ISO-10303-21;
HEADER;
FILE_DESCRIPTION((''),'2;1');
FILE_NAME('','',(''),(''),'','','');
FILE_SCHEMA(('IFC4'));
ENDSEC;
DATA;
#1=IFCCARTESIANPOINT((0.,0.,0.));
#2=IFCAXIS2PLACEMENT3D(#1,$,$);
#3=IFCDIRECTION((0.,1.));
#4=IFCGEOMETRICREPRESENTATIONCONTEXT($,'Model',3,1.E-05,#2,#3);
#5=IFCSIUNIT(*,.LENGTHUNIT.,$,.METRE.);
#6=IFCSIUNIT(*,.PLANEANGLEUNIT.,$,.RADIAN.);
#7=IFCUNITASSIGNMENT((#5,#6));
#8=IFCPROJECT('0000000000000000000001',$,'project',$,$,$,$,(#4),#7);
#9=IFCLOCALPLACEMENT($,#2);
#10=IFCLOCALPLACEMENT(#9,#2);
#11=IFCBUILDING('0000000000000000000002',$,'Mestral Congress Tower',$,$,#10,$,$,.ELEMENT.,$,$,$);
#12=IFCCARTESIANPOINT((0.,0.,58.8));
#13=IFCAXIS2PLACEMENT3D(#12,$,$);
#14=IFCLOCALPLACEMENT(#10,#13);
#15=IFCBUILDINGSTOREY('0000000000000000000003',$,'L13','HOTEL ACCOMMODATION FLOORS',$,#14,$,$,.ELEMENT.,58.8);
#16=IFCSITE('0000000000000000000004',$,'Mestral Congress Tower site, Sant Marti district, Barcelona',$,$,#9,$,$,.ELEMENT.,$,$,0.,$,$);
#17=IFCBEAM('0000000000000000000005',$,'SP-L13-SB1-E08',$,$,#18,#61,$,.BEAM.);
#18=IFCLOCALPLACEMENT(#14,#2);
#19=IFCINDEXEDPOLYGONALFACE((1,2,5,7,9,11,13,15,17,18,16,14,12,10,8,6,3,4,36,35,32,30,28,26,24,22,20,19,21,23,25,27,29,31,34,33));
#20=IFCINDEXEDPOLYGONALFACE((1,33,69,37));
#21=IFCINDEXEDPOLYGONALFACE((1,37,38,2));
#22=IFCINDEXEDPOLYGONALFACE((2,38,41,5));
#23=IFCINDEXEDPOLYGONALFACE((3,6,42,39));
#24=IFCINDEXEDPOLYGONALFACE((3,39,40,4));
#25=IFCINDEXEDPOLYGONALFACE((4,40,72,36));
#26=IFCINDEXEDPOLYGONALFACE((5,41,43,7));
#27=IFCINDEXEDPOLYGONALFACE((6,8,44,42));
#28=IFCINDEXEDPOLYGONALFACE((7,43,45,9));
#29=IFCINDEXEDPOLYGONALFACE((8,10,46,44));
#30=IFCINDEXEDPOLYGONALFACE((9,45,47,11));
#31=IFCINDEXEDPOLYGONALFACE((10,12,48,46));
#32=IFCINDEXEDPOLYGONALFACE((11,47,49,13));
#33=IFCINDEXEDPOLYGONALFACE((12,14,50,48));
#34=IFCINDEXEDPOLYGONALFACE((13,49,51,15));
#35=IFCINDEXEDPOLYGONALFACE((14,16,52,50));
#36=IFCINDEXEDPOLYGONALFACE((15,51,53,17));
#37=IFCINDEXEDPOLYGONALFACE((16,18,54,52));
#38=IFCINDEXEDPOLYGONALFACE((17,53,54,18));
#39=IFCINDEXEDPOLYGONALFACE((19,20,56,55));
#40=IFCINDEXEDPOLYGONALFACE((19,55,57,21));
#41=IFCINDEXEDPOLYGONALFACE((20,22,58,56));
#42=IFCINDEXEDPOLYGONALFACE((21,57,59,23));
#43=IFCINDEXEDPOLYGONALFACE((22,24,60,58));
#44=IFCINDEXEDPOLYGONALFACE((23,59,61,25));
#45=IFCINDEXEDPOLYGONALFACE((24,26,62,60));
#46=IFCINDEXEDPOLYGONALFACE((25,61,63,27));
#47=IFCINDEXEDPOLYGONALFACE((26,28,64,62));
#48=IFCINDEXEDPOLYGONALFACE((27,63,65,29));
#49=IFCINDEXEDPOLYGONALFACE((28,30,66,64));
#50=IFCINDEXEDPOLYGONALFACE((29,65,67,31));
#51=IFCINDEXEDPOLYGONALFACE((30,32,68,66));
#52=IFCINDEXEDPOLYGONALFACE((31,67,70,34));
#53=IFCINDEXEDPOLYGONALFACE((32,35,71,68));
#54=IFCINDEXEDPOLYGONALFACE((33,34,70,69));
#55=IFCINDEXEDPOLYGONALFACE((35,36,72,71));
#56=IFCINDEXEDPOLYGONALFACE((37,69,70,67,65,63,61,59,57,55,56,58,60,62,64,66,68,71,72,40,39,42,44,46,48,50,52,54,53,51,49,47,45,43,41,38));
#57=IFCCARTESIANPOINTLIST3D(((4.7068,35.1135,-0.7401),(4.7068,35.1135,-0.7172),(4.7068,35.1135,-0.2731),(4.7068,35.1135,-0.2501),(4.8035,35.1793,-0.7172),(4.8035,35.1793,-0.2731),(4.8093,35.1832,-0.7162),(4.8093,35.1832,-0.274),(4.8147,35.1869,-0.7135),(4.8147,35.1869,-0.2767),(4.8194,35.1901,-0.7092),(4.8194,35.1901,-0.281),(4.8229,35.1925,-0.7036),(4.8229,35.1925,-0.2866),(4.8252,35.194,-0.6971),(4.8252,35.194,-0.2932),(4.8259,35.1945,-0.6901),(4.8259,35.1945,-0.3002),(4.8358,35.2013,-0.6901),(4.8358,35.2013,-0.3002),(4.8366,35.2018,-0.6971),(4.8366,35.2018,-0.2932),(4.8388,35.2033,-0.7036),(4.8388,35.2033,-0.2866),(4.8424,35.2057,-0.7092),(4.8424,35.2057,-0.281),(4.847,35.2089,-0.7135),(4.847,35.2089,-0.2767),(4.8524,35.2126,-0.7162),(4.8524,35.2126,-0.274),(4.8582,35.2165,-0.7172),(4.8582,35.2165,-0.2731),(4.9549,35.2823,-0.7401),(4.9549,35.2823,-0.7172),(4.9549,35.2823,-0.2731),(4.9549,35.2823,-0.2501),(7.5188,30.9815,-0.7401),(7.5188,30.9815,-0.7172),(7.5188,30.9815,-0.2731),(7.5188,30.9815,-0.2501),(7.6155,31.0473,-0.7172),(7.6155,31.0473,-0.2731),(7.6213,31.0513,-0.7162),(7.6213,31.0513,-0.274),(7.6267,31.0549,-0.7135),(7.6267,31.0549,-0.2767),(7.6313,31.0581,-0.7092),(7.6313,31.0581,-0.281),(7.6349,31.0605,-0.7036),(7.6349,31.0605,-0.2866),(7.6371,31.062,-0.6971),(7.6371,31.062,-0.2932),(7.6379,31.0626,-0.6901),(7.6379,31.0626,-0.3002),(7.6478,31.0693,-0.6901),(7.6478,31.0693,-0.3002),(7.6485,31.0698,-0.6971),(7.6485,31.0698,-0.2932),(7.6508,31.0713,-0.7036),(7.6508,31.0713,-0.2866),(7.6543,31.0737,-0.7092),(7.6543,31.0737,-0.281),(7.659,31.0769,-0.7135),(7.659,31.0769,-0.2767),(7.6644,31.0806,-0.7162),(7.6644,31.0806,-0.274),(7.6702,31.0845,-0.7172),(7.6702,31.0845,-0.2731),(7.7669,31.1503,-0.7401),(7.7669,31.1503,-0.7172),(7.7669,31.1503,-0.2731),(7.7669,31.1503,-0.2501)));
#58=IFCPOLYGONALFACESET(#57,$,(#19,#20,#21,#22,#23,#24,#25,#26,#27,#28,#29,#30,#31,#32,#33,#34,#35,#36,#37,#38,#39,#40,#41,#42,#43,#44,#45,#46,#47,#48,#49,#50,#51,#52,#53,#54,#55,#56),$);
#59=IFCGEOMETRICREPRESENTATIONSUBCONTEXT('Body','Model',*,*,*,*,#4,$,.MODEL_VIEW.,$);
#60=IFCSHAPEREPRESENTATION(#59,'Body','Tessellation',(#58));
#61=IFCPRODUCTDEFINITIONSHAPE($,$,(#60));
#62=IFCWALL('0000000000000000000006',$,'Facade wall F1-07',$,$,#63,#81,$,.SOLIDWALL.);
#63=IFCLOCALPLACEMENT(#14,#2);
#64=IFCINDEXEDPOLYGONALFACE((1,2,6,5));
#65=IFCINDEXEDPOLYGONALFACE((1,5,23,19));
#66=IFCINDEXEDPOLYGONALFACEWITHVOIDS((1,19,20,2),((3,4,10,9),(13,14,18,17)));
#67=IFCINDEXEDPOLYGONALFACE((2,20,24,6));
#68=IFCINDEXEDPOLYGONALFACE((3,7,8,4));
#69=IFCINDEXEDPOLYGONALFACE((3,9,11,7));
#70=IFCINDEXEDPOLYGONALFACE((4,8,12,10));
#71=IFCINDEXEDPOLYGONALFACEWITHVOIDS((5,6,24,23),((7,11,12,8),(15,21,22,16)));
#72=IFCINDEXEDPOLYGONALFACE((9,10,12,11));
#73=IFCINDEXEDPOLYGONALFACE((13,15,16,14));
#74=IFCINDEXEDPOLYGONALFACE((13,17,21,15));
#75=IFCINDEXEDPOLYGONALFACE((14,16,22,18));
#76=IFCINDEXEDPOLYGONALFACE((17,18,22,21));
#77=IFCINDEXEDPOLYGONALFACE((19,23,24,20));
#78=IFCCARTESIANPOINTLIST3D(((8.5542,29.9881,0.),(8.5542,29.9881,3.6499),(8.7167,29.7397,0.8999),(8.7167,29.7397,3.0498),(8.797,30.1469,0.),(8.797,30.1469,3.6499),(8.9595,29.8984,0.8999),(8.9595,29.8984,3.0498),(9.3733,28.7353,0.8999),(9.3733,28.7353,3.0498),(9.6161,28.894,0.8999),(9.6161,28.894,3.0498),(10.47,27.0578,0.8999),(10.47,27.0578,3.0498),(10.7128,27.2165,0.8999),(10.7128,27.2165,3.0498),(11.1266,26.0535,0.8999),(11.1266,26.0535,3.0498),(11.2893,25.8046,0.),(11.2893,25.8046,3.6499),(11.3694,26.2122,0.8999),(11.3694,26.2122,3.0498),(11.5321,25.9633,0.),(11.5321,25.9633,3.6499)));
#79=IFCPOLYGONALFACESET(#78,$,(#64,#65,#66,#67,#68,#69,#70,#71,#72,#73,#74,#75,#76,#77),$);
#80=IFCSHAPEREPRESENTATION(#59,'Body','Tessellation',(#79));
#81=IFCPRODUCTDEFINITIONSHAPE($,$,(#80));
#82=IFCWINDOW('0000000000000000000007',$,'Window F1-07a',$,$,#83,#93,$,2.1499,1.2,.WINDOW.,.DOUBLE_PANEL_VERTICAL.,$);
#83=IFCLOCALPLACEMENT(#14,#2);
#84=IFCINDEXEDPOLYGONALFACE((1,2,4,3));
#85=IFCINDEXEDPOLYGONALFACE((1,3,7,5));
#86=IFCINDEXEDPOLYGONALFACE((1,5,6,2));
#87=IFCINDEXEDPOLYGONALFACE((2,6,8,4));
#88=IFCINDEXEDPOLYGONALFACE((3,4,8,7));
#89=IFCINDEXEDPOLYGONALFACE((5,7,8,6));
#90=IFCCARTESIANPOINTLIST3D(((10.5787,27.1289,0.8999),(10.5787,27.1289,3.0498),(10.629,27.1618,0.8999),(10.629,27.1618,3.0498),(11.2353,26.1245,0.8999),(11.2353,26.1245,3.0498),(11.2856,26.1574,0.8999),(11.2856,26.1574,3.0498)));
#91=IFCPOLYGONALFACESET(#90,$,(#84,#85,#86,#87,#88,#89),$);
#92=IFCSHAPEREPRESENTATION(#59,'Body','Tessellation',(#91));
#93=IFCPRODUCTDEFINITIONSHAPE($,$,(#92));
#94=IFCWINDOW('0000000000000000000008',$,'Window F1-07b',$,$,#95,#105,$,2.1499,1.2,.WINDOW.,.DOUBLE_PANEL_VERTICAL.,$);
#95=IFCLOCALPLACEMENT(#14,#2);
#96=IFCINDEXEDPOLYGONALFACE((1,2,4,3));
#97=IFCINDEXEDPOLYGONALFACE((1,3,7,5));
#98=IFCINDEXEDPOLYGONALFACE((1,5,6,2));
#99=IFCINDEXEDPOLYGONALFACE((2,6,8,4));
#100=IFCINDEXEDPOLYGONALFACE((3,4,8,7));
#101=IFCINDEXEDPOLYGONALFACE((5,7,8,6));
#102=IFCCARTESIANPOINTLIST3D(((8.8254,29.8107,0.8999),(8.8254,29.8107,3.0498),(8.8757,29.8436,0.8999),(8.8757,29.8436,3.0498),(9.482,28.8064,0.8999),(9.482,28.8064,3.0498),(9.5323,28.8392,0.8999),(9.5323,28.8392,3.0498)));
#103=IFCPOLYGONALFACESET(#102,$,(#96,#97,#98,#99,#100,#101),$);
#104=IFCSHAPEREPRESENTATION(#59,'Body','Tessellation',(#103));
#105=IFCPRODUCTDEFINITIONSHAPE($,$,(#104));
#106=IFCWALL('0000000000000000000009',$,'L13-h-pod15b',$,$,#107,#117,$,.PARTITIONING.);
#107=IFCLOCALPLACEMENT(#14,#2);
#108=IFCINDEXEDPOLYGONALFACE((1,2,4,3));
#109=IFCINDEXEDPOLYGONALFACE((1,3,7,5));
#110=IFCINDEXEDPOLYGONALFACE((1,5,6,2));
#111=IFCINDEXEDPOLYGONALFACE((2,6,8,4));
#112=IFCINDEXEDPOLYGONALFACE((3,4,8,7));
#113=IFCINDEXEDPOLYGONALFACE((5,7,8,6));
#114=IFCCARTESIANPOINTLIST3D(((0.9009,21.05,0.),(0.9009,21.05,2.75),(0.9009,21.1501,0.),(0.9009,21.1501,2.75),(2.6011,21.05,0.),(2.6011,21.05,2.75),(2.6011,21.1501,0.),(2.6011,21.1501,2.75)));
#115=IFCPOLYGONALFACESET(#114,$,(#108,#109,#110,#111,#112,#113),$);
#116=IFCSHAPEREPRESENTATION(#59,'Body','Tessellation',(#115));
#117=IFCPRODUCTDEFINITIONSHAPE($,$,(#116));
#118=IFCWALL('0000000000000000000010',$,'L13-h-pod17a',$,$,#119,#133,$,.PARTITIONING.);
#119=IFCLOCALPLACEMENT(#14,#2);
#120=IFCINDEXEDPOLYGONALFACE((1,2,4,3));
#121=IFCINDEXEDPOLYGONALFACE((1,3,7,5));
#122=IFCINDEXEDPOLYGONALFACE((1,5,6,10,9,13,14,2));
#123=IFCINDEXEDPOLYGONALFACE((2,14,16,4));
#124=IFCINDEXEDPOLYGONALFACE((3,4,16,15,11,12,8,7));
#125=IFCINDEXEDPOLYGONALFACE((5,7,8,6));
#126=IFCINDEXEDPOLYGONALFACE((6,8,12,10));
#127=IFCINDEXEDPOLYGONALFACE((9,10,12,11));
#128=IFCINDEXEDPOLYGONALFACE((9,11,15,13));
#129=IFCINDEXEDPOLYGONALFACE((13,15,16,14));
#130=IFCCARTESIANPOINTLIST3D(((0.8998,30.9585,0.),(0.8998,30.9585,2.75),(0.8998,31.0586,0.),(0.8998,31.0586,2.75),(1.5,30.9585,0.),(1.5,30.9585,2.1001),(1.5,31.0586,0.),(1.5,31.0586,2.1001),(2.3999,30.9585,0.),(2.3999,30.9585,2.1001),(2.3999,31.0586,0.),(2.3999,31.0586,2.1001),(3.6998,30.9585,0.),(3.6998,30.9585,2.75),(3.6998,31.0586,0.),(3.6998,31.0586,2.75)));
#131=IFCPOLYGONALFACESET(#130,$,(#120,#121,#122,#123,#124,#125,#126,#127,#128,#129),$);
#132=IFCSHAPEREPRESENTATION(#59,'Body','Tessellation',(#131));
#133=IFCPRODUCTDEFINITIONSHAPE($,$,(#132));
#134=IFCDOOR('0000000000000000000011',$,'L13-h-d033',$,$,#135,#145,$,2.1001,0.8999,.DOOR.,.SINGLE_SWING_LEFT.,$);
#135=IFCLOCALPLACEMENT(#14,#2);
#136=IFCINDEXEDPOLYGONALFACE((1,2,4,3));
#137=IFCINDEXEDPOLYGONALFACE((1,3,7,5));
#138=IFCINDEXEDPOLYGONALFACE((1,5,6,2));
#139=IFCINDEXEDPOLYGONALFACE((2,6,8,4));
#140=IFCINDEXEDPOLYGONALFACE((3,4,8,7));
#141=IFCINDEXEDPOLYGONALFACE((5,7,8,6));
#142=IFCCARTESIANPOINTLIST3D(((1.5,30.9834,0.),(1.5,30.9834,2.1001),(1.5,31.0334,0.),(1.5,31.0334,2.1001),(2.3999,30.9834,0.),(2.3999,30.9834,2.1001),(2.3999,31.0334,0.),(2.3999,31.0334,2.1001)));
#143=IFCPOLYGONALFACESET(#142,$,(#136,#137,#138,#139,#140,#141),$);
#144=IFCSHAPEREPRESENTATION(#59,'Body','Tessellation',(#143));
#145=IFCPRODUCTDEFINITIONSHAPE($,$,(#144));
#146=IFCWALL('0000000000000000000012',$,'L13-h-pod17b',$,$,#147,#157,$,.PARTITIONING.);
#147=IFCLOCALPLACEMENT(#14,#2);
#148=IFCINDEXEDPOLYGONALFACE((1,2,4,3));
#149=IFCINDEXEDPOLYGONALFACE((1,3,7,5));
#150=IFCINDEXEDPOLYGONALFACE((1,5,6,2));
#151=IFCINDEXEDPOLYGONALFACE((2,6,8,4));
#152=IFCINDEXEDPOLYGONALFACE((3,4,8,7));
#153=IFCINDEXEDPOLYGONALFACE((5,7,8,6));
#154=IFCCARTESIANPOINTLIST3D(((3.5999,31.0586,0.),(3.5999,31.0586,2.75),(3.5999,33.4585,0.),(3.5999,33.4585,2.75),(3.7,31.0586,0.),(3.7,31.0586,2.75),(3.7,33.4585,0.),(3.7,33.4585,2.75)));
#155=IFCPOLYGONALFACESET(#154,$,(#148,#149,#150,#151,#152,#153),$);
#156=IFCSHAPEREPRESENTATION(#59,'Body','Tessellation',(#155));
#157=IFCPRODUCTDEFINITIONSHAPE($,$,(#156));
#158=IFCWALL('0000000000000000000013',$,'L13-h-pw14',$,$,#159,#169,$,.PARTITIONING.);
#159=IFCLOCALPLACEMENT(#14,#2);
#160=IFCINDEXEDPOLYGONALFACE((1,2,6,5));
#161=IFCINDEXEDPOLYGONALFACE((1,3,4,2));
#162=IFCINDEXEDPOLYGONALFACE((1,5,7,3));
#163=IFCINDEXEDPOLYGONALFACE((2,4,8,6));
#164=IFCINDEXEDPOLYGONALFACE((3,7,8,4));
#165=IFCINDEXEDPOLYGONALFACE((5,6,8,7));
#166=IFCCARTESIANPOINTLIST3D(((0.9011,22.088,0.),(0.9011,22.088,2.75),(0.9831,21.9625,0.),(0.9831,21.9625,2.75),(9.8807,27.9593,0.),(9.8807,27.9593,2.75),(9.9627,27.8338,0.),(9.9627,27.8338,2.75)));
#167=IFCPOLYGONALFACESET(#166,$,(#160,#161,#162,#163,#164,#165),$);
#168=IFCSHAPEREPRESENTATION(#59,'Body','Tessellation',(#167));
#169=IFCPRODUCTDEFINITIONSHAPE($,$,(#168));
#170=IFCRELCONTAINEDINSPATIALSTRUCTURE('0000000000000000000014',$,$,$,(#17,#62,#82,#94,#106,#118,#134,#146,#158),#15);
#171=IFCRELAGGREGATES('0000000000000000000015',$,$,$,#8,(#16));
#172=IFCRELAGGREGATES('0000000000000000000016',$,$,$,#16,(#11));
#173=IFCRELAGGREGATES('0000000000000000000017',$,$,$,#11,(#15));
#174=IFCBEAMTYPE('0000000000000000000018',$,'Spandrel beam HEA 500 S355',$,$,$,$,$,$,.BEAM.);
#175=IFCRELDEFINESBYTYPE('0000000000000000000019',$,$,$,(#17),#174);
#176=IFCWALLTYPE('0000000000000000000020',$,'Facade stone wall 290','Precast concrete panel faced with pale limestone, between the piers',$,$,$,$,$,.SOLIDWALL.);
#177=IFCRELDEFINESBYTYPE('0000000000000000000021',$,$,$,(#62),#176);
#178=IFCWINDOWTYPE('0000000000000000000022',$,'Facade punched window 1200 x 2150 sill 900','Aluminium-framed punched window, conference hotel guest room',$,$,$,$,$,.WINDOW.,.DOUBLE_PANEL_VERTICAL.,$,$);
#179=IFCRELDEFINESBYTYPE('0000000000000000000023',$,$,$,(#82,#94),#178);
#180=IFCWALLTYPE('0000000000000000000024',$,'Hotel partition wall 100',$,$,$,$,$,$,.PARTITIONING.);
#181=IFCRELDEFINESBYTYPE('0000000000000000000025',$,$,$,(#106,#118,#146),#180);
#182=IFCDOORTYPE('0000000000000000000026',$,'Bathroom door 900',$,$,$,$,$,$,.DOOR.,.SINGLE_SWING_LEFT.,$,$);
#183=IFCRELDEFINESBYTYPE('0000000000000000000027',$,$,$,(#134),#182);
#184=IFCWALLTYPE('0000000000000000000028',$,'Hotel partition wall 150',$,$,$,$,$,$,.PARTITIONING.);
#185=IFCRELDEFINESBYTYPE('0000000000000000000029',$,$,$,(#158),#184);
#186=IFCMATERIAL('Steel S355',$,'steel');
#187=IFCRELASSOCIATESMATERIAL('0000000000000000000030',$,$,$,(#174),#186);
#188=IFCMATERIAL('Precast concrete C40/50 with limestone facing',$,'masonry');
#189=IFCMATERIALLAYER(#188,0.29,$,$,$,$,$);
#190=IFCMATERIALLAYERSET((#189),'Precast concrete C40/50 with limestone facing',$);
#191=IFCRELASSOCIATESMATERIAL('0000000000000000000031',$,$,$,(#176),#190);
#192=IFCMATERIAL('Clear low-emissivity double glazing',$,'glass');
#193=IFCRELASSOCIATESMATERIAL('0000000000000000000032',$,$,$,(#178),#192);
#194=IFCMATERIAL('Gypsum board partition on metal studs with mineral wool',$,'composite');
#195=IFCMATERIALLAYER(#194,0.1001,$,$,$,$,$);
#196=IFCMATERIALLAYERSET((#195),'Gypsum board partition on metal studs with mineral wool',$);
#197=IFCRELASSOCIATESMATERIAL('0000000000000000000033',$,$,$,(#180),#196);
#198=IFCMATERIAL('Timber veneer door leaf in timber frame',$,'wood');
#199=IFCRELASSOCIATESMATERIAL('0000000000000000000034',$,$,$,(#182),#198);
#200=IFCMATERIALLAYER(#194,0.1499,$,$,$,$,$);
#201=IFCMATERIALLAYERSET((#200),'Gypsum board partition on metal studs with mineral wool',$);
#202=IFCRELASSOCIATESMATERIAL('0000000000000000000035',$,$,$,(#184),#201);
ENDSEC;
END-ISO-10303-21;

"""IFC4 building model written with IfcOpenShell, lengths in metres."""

from ifc_helpers import new_model, si_unit, direction, frame, frame_2d, origin, origin_2d, place, context, subcontext, project, spatial, rectangle, i_section, extrude, material, layer, layer_set, material_profile, profile_set, type_object, element, fill, save


model = new_model("IFC4")

# Units and contexts
model_context = context("Model", 3, precision=1e-05, world=origin(), true_north=direction((0.0, 1.0)))
body_context = subcontext(model_context, "Body", "Model", "MODEL_VIEW")
ifc_project = project(units=[si_unit("LENGTHUNIT", "METRE"), si_unit("PLANEANGLEUNIT", "RADIAN")], contexts=[model_context])

# Site, building, storey
site_placement = place(None, origin())
site = spatial("IfcSite", under=ifc_project, at=site_placement, Name="Mestral Congress Tower site, Sant Marti district, Barcelona", CompositionType="ELEMENT", RefElevation=0.0)
building_placement = place(site_placement, origin())
building = spatial("IfcBuilding", under=site, at=building_placement, Name="Mestral Congress Tower", CompositionType="ELEMENT")
storey_placement = place(building_placement, frame((0.0, 0.0, 58.8)))
storey = spatial("IfcBuildingStorey", under=building, at=storey_placement, Name="L13", Description="HOTEL ACCOMMODATION FLOORS", CompositionType="ELEMENT", Elevation=58.8)

# Beam
ifc_material_1 = material(Name="Steel S355", Category="steel")
ifc_material_profile_1 = material_profile(ifc_material_1, i_section(OverallWidth=0.3, OverallDepth=0.49, WebThickness=0.012, FlangeThickness=0.0229, FilletRadius=0.0271, at=origin_2d()), Name="HEA 500")
ifc_profile_set_1 = profile_set([ifc_material_profile_1], Name="Steel S355")
beam_type_1 = type_object("IfcBeamType", Name="Spandrel beam HEA 500 S355", PredefinedType="BEAM", material=ifc_profile_set_1)
beam_1_placement = place(storey_placement, frame((7.6428, 31.0659, -0.4951), z_axis=(-0.562611, 0.826722, 0.0), x_axis=(-0.826722, -0.562611, 0.0)))
element("IfcBeam", 1, at=beam_1_placement, inside=storey, type_object=beam_type_1, Name="SP-L13-SB1-E08", PredefinedType="BEAM", context=body_context, shape_type="SweptSolid", body=[
    extrude(i_section(OverallWidth=0.3, OverallDepth=0.49, WebThickness=0.012, FlangeThickness=0.0229, FilletRadius=0.0271, at=origin_2d()), origin(), (0.0, 0.0, 1.0), 4.998),
])

# Wall, openings, windows
ifc_material_2 = material(Name="Precast concrete C40/50 with limestone facing", Category="masonry")
ifc_layer_1 = layer(ifc_material_2, 0.29)
ifc_layer_set_1 = layer_set([ifc_layer_1], Name="Precast concrete C40/50 with limestone facing")
wall_type_1 = type_object("IfcWallType", Name="Facade stone wall 290", Description="Precast concrete panel faced with pale limestone, between the piers", PredefinedType="SOLIDWALL", material=ifc_layer_set_1)
wall_1_placement = place(storey_placement, frame((11.4106, 25.884, 0.0), z_axis=(0.0, 0.0, 1.0), x_axis=(-0.547205, 0.836999, 0.0)))
wall_1 = element("IfcWall", 2, at=wall_1_placement, inside=storey, type_object=wall_type_1, Name="Facade wall F1-07", PredefinedType="SOLIDWALL", context=body_context, shape_type="SweptSolid", body=[
    extrude(rectangle(XDim=4.9983, YDim=0.29, at=frame_2d((2.499, 0.0))), origin(), (0.0, 0.0, 1.0), 3.6499),
])
opening_1_placement = place(wall_1_placement, frame((0.2971, 0.0, 0.8999)))
opening_1 = element("IfcOpeningElement", 3, at=opening_1_placement, cuts=wall_1, PredefinedType="OPENING", context=body_context, shape_type="SweptSolid", body=[
    extrude(rectangle(XDim=1.2, YDim=2.1499, at=frame_2d((0.6001, 1.075))), frame((0.0, 0.155, 0.0), z_axis=(0.0, -1.0, 0.0), x_axis=(1.0, 0.0, 0.0)), (0.0, 0.0, 1.0), 0.3101),
])
opening_2_placement = place(wall_1_placement, frame((3.5012, 0.0, 0.8999)))
opening_2 = element("IfcOpeningElement", 4, at=opening_2_placement, cuts=wall_1, PredefinedType="OPENING", context=body_context, shape_type="SweptSolid", body=[
    extrude(rectangle(XDim=1.2, YDim=2.1499, at=frame_2d((0.6001, 1.075))), frame((0.0, 0.155, 0.0), z_axis=(0.0, -1.0, 0.0), x_axis=(1.0, 0.0, 0.0)), (0.0, 0.0, 1.0), 0.3101),
])
ifc_material_3 = material(Name="Clear low-emissivity double glazing", Category="glass")
window_type = type_object("IfcWindowType", Name="Facade punched window 1200 x 2150 sill 900", Description="Aluminium-framed punched window, conference hotel guest room", PartitioningType="DOUBLE_PANEL_VERTICAL", PredefinedType="WINDOW", material=ifc_material_3)
window_1_placement = place(opening_1_placement, origin())
window_1 = element("IfcWindow", 5, at=window_1_placement, inside=storey, type_object=window_type, Name="Window F1-07a", OverallHeight=2.1499, OverallWidth=1.2, PartitioningType="DOUBLE_PANEL_VERTICAL", PredefinedType="WINDOW", context=body_context, shape_type="SweptSolid", body=[
    extrude(rectangle(XDim=1.2, YDim=2.1499, at=frame_2d((0.6001, 1.075))), frame((0.0, 0.0151, 0.0), z_axis=(0.0, -1.0, 0.0), x_axis=(1.0, 0.0, 0.0)), (0.0, 0.0, 1.0), 0.0601),
])
fill(opening_1, window_1)
window_2_placement = place(opening_2_placement, origin())
window_2 = element("IfcWindow", 6, at=window_2_placement, inside=storey, type_object=window_type, Name="Window F1-07b", OverallHeight=2.1499, OverallWidth=1.2, PartitioningType="DOUBLE_PANEL_VERTICAL", PredefinedType="WINDOW", context=body_context, shape_type="SweptSolid", body=[
    extrude(rectangle(XDim=1.2, YDim=2.1499, at=frame_2d((0.6001, 1.075))), frame((0.0, 0.0151, 0.0), z_axis=(0.0, -1.0, 0.0), x_axis=(1.0, 0.0, 0.0)), (0.0, 0.0, 1.0), 0.0601),
])
fill(opening_2, window_2)

# Wall
ifc_material_4 = material(Name="Gypsum board partition on metal studs with mineral wool", Category="composite")
ifc_layer_2 = layer(ifc_material_4, 0.1001)
ifc_layer_set_2 = layer_set([ifc_layer_2], Name="Gypsum board partition on metal studs with mineral wool")
wall_type_2 = type_object("IfcWallType", Name="Hotel partition wall 100", PredefinedType="PARTITIONING", material=ifc_layer_set_2)
wall_2_placement = place(storey_placement, frame((2.6011, 21.1001, 0.0), z_axis=(0.0, 0.0, 1.0), x_axis=(-1.0, 0.0, 0.0)))
element("IfcWall", 7, at=wall_2_placement, inside=storey, type_object=wall_type_2, Name="L13-h-pod15b", PredefinedType="PARTITIONING", context=body_context, shape_type="SweptSolid", body=[
    extrude(rectangle(XDim=1.7002, YDim=0.1001, at=frame_2d((0.8501, 0.0))), origin(), (0.0, 0.0, 1.0), 2.75),
])

# Wall, opening, door
wall_3_placement = place(storey_placement, frame((0.8999, 31.0085, 0.0), z_axis=(0.0, 0.0, 1.0), x_axis=(1.0, 0.0, 0.0)))
wall_3 = element("IfcWall", 8, at=wall_3_placement, inside=storey, type_object=wall_type_2, Name="L13-h-pod17a", PredefinedType="PARTITIONING", context=body_context, shape_type="SweptSolid", body=[
    extrude(rectangle(XDim=2.8, YDim=0.1001, at=frame_2d((1.3999, 0.0))), origin(), (0.0, 0.0, 1.0), 2.75),
])
opening_3_placement = place(wall_3_placement, frame((0.6001, 0.0, 0.0)))
opening_3 = element("IfcOpeningElement", 9, at=opening_3_placement, cuts=wall_3, PredefinedType="OPENING", context=body_context, shape_type="SweptSolid", body=[
    extrude(rectangle(XDim=0.8999, YDim=2.1001, at=frame_2d((0.45, 1.05))), frame((0.0, 0.0601, 0.0), z_axis=(0.0, -1.0, 0.0), x_axis=(1.0, 0.0, 0.0)), (0.0, 0.0, 1.0), 0.1201),
])
ifc_material_5 = material(Name="Timber veneer door leaf in timber frame", Category="wood")
door_type = type_object("IfcDoorType", Name="Bathroom door 900", OperationType="SINGLE_SWING_LEFT", PredefinedType="DOOR", material=ifc_material_5)
door_placement = place(opening_3_placement, origin())
door = element("IfcDoor", 10, at=door_placement, inside=storey, type_object=door_type, Name="L13-h-d033", OperationType="SINGLE_SWING_LEFT", OverallHeight=2.1001, OverallWidth=0.8999, PredefinedType="DOOR", context=body_context, shape_type="SweptSolid", body=[
    extrude(rectangle(XDim=0.8999, YDim=2.1001, at=frame_2d((0.45, 1.05))), frame((0.0, 0.0249, 0.0), z_axis=(0.0, -1.0, 0.0), x_axis=(1.0, 0.0, 0.0)), (0.0, 0.0, 1.0), 0.05),
])
fill(opening_3, door)

# Walls
wall_4_placement = place(storey_placement, frame((3.6499, 31.0586, 0.0), z_axis=(0.0, 0.0, 1.0), x_axis=(0.0, 1.0, 0.0)))
element("IfcWall", 11, at=wall_4_placement, inside=storey, type_object=wall_type_2, Name="L13-h-pod17b", PredefinedType="PARTITIONING", context=body_context, shape_type="SweptSolid", body=[
    extrude(rectangle(XDim=2.3999, YDim=0.1001, at=frame_2d((1.2, 0.0))), origin(), (0.0, 0.0, 1.0), 2.75),
])
ifc_layer_3 = layer(ifc_material_4, 0.1499)
ifc_layer_set_3 = layer_set([ifc_layer_3], Name="Gypsum board partition on metal studs with mineral wool")
wall_type_3 = type_object("IfcWallType", Name="Hotel partition wall 150", PredefinedType="PARTITIONING", material=ifc_layer_set_3)
wall_5_placement = place(storey_placement, frame((9.9216, 27.8965, 0.0), z_axis=(0.0, 0.0, 1.0), x_axis=(-0.836971, -0.547248, 0.0)))
element("IfcWall", 12, at=wall_5_placement, inside=storey, type_object=wall_type_3, Name="L13-h-pw14", PredefinedType="PARTITIONING", context=body_context, shape_type="SweptSolid", body=[
    extrude(rectangle(XDim=10.7288, YDim=0.1499, at=frame_2d((5.3643, 0.0))), origin(), (0.0, 0.0, 1.0), 2.75),
])

save(model, "model.ifc")
